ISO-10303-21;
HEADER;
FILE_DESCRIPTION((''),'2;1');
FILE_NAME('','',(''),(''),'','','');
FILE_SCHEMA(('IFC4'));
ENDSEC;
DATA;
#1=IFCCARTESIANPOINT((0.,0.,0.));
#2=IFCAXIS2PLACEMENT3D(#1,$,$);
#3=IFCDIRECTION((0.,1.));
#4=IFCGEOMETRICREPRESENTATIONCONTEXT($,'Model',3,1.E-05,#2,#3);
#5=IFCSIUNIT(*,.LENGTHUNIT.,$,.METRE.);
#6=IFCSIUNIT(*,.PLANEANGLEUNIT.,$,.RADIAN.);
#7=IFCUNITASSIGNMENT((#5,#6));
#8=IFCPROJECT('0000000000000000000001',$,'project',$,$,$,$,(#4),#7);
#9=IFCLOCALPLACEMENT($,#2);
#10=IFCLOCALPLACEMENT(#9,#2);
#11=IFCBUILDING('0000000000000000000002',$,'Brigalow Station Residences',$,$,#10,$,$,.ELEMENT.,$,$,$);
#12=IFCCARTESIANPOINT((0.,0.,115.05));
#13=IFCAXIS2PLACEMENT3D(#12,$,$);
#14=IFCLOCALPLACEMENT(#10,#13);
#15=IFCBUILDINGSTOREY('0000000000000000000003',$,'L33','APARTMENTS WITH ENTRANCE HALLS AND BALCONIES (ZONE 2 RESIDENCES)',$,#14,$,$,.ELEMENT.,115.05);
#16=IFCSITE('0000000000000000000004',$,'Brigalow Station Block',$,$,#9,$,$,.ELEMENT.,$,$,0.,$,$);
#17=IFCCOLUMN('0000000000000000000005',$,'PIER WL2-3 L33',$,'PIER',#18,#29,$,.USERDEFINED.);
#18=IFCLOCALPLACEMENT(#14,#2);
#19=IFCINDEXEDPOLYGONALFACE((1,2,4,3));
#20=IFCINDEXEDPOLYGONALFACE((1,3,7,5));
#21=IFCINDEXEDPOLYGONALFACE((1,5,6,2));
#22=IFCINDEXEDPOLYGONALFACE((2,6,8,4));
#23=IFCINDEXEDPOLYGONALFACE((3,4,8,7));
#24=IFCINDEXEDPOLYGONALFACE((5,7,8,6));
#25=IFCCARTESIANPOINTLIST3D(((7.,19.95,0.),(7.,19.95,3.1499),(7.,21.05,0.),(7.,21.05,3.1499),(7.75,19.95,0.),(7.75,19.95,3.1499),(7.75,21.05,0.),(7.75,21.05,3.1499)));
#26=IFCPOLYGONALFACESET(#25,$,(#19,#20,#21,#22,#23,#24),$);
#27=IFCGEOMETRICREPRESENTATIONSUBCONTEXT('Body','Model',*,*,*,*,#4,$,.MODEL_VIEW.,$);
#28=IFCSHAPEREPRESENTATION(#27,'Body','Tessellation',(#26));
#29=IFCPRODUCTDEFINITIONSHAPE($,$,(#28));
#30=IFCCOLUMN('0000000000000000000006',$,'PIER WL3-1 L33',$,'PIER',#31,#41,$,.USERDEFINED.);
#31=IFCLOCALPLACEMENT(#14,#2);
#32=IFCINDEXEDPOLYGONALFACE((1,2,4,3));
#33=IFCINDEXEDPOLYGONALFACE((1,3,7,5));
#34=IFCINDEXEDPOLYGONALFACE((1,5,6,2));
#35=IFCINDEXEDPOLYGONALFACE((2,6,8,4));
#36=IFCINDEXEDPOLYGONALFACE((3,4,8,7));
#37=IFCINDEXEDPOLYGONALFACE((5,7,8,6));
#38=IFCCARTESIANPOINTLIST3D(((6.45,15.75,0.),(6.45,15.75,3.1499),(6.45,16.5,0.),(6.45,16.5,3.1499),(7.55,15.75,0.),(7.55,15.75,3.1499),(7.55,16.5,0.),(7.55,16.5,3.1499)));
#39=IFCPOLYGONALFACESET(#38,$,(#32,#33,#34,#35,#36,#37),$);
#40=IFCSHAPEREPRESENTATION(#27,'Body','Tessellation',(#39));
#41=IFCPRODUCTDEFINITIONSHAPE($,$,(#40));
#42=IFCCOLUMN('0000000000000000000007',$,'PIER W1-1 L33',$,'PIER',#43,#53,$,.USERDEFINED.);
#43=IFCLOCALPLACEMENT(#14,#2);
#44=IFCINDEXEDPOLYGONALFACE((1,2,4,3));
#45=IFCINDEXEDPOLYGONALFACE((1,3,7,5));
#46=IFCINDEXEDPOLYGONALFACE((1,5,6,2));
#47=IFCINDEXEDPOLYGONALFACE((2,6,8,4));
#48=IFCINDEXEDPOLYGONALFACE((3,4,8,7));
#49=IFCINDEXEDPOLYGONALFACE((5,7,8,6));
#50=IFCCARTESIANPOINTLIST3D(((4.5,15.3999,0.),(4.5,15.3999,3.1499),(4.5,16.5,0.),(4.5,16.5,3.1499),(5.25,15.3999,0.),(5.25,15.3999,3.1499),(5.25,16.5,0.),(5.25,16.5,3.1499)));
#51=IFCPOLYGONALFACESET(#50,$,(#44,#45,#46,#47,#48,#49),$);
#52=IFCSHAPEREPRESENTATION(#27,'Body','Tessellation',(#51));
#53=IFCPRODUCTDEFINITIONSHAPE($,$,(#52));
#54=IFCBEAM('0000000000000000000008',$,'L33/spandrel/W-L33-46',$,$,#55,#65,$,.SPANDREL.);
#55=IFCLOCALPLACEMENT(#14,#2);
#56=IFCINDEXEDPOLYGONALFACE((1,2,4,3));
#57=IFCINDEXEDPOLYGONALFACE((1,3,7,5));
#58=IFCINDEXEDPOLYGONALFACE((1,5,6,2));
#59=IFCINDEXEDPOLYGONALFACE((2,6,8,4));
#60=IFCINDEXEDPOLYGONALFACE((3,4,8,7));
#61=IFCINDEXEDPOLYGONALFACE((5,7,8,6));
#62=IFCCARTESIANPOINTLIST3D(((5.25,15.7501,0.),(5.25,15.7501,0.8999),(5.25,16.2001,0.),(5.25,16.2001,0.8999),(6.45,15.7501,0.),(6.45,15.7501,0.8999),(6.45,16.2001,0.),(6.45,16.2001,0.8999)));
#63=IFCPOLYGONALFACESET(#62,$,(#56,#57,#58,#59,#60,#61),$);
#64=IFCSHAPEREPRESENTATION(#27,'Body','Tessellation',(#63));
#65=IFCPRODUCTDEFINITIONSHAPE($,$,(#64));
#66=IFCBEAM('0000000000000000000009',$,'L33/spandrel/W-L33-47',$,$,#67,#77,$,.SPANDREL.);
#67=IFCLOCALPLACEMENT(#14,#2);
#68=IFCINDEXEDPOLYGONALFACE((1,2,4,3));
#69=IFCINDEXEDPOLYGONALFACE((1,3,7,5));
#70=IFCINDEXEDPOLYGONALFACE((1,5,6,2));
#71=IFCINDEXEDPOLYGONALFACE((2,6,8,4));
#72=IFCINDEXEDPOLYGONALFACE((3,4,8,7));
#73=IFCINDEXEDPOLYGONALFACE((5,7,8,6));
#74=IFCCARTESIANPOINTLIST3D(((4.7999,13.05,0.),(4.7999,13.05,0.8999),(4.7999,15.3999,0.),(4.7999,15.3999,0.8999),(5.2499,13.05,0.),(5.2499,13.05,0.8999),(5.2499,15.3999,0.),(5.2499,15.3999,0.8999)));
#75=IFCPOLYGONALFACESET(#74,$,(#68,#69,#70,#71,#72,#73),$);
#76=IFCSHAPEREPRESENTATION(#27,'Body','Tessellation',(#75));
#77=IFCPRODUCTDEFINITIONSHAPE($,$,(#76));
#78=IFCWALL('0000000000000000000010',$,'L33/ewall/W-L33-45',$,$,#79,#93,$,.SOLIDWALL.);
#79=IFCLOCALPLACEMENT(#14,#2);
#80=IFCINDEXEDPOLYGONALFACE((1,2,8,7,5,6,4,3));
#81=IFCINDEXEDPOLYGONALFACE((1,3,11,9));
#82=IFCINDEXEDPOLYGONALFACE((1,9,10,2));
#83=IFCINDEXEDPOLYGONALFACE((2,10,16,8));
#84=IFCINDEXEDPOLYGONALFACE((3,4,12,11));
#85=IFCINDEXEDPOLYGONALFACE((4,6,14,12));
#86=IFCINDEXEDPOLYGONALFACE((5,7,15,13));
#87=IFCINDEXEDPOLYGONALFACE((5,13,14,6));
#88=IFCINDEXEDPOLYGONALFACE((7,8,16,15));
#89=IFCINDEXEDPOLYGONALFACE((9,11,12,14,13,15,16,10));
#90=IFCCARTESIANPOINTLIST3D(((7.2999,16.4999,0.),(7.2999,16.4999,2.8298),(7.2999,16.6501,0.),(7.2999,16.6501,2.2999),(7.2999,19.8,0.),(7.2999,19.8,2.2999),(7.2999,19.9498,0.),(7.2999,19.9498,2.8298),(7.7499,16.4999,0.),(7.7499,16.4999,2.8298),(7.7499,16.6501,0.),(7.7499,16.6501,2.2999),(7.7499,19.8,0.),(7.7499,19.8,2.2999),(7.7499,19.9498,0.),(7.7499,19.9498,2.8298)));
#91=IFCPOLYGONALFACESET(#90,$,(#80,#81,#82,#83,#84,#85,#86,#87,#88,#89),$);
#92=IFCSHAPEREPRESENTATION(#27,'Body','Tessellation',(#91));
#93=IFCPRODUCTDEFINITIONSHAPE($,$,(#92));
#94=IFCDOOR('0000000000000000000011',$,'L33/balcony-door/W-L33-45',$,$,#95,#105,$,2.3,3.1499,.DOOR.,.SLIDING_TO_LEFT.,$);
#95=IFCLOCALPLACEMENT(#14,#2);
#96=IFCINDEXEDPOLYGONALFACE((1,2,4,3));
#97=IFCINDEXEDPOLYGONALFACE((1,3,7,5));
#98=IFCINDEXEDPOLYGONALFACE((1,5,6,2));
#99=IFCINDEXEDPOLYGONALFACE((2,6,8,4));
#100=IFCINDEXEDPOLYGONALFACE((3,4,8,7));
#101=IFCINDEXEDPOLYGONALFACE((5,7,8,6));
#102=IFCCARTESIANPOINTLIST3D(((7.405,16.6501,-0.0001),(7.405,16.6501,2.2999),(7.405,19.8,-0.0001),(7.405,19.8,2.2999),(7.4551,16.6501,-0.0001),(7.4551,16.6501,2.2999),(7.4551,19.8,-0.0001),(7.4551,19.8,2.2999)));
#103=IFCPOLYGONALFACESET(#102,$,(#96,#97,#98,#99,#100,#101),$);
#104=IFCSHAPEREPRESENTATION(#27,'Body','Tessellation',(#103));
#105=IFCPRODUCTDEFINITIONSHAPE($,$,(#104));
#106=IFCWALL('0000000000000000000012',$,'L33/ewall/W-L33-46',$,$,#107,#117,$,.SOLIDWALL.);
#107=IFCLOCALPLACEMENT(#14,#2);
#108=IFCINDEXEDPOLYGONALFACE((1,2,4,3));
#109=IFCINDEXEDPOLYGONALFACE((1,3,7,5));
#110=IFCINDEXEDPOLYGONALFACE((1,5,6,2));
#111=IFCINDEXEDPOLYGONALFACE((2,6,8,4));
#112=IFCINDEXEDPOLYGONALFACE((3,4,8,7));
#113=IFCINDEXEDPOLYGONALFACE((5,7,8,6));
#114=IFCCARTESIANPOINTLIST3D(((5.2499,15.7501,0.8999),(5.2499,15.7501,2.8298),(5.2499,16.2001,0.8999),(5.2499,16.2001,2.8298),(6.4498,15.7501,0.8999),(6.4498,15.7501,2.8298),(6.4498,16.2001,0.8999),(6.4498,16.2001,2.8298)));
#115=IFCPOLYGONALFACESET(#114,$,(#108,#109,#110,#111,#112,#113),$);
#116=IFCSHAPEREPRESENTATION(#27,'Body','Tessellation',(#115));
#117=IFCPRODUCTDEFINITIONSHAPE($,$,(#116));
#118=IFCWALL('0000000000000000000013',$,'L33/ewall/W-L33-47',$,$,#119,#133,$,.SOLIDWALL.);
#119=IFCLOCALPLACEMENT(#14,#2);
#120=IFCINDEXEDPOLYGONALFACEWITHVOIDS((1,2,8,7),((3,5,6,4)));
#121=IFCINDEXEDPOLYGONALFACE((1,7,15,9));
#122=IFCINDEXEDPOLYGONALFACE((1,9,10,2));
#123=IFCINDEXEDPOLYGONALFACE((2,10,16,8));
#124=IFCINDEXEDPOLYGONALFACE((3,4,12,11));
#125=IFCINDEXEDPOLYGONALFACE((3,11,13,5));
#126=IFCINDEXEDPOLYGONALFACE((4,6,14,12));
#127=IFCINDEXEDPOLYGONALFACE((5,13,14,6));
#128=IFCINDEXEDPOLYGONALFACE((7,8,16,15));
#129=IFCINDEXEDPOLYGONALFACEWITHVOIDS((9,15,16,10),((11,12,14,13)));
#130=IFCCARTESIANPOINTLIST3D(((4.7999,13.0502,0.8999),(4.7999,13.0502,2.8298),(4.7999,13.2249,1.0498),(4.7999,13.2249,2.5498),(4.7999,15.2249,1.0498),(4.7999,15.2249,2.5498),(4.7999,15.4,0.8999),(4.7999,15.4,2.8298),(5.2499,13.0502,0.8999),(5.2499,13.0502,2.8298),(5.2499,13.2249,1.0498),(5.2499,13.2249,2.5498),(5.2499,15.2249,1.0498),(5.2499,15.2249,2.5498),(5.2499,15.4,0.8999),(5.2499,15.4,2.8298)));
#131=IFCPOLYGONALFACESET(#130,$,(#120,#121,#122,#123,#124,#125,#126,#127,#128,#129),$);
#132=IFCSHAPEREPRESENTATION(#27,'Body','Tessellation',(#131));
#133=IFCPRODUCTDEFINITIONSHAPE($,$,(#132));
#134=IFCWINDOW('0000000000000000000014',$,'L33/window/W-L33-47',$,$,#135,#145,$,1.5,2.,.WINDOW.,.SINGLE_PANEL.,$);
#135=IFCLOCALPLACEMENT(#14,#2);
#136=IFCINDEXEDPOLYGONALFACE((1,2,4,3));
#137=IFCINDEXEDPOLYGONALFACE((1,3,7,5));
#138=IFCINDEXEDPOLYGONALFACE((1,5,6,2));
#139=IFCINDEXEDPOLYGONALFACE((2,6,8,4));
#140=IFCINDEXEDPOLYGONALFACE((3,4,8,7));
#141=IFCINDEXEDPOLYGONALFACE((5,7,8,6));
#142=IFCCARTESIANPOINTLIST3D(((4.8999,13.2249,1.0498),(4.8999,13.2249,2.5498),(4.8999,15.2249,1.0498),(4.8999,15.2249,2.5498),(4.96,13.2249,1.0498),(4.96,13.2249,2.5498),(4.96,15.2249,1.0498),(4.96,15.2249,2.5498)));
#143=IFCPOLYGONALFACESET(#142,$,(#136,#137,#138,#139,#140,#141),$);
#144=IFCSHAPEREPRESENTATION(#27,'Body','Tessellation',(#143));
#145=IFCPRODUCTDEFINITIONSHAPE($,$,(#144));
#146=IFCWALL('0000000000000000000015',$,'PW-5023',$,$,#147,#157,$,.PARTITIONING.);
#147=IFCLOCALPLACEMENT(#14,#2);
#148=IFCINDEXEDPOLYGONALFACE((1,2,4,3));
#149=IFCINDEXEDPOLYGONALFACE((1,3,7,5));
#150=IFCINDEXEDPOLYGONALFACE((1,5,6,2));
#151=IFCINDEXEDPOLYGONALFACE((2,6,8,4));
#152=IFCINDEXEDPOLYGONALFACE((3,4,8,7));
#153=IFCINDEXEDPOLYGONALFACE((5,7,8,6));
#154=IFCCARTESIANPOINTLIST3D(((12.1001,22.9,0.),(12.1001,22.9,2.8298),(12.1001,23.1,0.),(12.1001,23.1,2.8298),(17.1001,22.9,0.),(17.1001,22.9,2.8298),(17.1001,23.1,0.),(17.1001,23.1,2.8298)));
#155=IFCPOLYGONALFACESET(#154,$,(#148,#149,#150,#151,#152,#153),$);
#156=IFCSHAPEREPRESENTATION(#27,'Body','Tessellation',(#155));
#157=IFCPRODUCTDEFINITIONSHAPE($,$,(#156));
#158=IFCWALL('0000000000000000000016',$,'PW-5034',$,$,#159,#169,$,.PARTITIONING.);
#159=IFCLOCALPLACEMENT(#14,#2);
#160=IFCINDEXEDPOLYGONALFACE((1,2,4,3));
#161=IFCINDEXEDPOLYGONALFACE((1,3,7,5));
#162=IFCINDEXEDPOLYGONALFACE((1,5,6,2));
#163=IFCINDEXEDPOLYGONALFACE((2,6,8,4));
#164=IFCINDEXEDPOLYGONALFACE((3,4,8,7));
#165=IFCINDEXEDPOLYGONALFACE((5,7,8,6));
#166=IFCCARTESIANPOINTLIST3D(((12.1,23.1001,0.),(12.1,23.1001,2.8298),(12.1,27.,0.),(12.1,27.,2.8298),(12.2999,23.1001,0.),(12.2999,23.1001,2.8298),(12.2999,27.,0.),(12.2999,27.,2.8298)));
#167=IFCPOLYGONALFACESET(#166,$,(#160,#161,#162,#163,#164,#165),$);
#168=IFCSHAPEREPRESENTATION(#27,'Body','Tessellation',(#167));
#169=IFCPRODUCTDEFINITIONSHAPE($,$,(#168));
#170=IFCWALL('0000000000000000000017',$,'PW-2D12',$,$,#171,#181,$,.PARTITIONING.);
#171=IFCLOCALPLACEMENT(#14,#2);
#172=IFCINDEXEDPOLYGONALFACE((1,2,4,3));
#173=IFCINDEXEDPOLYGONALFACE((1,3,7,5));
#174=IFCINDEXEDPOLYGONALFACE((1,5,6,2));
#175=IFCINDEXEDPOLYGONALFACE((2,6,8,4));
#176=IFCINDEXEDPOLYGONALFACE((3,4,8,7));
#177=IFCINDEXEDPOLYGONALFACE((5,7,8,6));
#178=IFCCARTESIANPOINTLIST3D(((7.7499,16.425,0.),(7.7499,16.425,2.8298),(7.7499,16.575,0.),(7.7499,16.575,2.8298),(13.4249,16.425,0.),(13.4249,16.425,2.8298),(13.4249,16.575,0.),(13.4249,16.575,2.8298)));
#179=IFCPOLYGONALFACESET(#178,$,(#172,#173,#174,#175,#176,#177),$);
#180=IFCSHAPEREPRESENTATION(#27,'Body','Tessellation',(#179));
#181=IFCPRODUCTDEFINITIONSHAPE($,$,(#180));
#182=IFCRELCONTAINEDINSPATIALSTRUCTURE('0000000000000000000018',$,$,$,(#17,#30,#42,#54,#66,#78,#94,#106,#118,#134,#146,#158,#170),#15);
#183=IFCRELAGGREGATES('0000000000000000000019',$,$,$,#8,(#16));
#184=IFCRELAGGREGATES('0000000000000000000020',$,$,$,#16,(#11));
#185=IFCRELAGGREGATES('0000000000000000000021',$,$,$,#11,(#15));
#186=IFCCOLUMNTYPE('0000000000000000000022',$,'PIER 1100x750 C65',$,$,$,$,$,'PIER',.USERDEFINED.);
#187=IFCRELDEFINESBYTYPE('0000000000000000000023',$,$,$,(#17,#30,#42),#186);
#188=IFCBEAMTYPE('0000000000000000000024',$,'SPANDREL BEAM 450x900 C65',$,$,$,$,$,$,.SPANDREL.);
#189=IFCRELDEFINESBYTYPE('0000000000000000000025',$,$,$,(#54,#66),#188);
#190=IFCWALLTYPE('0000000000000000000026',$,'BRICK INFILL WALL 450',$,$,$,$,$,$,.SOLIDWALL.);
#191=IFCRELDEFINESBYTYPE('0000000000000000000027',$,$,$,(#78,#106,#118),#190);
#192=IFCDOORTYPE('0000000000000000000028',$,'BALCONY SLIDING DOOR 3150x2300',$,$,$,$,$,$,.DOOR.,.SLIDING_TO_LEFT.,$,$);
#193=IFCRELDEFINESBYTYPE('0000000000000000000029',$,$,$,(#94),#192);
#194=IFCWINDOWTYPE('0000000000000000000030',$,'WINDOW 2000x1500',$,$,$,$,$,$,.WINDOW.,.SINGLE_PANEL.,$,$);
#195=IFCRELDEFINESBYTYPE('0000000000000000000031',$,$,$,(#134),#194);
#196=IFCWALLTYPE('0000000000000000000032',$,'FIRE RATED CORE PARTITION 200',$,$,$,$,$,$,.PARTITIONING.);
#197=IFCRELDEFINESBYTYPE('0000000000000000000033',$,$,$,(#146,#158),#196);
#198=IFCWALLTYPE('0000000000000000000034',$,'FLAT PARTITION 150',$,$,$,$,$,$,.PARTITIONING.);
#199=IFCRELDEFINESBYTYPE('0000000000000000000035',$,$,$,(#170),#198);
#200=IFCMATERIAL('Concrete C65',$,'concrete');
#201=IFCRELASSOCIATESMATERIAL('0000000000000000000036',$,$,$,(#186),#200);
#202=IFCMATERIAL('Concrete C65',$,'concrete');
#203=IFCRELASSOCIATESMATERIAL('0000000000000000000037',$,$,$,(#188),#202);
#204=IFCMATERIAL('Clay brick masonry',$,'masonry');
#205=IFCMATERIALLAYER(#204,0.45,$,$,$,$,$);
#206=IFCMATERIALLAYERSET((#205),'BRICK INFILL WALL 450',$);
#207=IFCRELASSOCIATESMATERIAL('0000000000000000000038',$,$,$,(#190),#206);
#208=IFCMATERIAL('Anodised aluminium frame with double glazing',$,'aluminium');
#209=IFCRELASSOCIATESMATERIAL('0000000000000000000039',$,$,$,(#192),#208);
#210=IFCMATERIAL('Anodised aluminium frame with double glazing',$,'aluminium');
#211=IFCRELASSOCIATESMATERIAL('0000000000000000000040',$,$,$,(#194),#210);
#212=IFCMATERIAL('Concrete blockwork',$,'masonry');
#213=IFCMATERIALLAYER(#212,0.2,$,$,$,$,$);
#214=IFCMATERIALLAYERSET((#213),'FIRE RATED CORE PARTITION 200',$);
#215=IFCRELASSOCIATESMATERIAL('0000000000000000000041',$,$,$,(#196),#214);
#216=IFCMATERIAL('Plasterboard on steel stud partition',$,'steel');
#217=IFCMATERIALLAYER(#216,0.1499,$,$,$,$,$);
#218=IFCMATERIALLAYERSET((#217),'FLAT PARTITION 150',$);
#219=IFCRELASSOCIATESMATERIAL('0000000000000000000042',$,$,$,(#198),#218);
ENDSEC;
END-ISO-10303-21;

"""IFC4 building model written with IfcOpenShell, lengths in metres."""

from ifc_helpers import new_model, si_unit, direction, frame, frame_2d, origin, origin_2d, place, context, subcontext, project, spatial, rectangle, extrude, material, layer, layer_set, material_profile, profile_set, type_object, element, fill, save


model = new_model("IFC4")

# Units and contexts
model_context = context("Model", 3, precision=1e-05, world=origin(), true_north=direction((0.0, 1.0)))
body_context = subcontext(model_context, "Body", "Model", "MODEL_VIEW")
ifc_project = project(units=[si_unit("LENGTHUNIT", "METRE"), si_unit("PLANEANGLEUNIT", "RADIAN")], contexts=[model_context])

# Site, building, storey
site_placement = place(None, origin())
site = spatial("IfcSite", under=ifc_project, at=site_placement, Name="Brigalow Station Block", CompositionType="ELEMENT", RefElevation=0.0)
building_placement = place(site_placement, origin())
building = spatial("IfcBuilding", under=site, at=building_placement, Name="Brigalow Station Residences", CompositionType="ELEMENT")
storey_placement = place(building_placement, frame((0.0, 0.0, 115.05)))
storey = spatial("IfcBuildingStorey", under=building, at=storey_placement, Name="L33", Description="APARTMENTS WITH ENTRANCE HALLS AND BALCONIES (ZONE 2 RESIDENCES)", CompositionType="ELEMENT", Elevation=115.05)

# Columns
ifc_material_1 = material(Name="Concrete C65", Category="concrete")
ifc_material_profile_1 = material_profile(ifc_material_1, rectangle(XDim=1.1001, YDim=0.75, at=origin_2d()), Name="RC1100x750")
ifc_profile_set_1 = profile_set([ifc_material_profile_1], Name="Concrete C65")
column_type = type_object("IfcColumnType", Name="PIER 1100x750 C65", ElementType="PIER", PredefinedType="USERDEFINED", material=ifc_profile_set_1)
for number, where, z_axis, x_axis, name in (
    (1, (7.375, 20.5, 0.0), (0.0, 0.0, 1.0), (0.0, -1.0, 0.0), "PIER WL2-3 L33"),
    (2, (7.0, 16.125, 0.0), (0.0, 0.0, 1.0), (-1.0, 0.0, 0.0), "PIER WL3-1 L33"),
    (3, (4.875, 15.95, 0.0), (0.0, 0.0, 1.0), (0.0, -1.0, 0.0), "PIER W1-1 L33"),
):
    element("IfcColumn", number, at=place(storey_placement, frame(where, z_axis=z_axis, x_axis=x_axis)), inside=storey, type_object=column_type, Name=name, ObjectType="PIER", PredefinedType="USERDEFINED", context=body_context, shape_type="SweptSolid", body=[
        extrude(rectangle(XDim=1.1001, YDim=0.75, at=origin_2d()), origin(), (0.0, 0.0, 1.0), 3.1499),
    ])

# Beams
ifc_material_2 = material(Name="Concrete C65", Category="concrete")
ifc_material_profile_2 = material_profile(ifc_material_2, rectangle(XDim=0.45, YDim=0.8999, at=origin_2d()), Name="RC450x900")
ifc_profile_set_2 = profile_set([ifc_material_profile_2], Name="Concrete C65")
beam_type = type_object("IfcBeamType", Name="SPANDREL BEAM 450x900 C65", PredefinedType="SPANDREL", material=ifc_profile_set_2)
beam_1_placement = place(storey_placement, frame((6.45, 15.9751, 0.45), z_axis=(-1.0, 0.0, 0.0), x_axis=(0.0, -1.0, 0.0)))
element("IfcBeam", 4, at=beam_1_placement, inside=storey, type_object=beam_type, Name="L33/spandrel/W-L33-46", PredefinedType="SPANDREL", context=body_context, shape_type="SweptSolid", body=[
    extrude(rectangle(XDim=0.45, YDim=0.8999, at=origin_2d()), origin(), (0.0, 0.0, 1.0), 1.2),
])
beam_2_placement = place(storey_placement, frame((5.0249, 15.3999, 0.45), z_axis=(0.0, -1.0, 0.0), x_axis=(1.0, 0.0, 0.0)))
element("IfcBeam", 5, at=beam_2_placement, inside=storey, type_object=beam_type, Name="L33/spandrel/W-L33-47", PredefinedType="SPANDREL", context=body_context, shape_type="SweptSolid", body=[
    extrude(rectangle(XDim=0.45, YDim=0.8999, at=origin_2d()), origin(), (0.0, 0.0, 1.0), 2.3499),
])

# Wall, opening, door
ifc_material_3 = material(Name="Clay brick masonry", Category="masonry")
ifc_layer_1 = layer(ifc_material_3, 0.45)
ifc_layer_set_1 = layer_set([ifc_layer_1], Name="BRICK INFILL WALL 450")
wall_type_1 = type_object("IfcWallType", Name="BRICK INFILL WALL 450", PredefinedType="SOLIDWALL", material=ifc_layer_set_1)
wall_1_placement = place(storey_placement, frame((7.5249, 19.95, 0.0), z_axis=(0.0, 0.0, 1.0), x_axis=(0.0, -1.0, 0.0)))
wall_1 = element("IfcWall", 6, at=wall_1_placement, inside=storey, type_object=wall_type_1, Name="L33/ewall/W-L33-45", PredefinedType="SOLIDWALL", context=body_context, shape_type="SweptSolid", body=[
    extrude(rectangle(XDim=3.45, YDim=0.45, at=frame_2d((1.7251, 0.0))), origin(), (0.0, 0.0, 1.0), 2.8298),
])
opening_1_placement = place(wall_1_placement, frame((0.1499, 0.0, 0.0)))
opening_1 = element("IfcOpeningElement", 7, at=opening_1_placement, cuts=wall_1, PredefinedType="OPENING", context=body_context, shape_type="SweptSolid", body=[
    extrude(rectangle(XDim=3.1499, YDim=2.3, at=frame_2d((1.575, 1.1499))), frame((0.0, 0.2349, 0.0), z_axis=(0.0, -1.0, 0.0), x_axis=(1.0, 0.0, 0.0)), (0.0, 0.0, 1.0), 0.47),
])
ifc_material_4 = material(Name="Anodised aluminium frame with double glazing", Category="aluminium")
door_type_1 = type_object("IfcDoorType", Name="BALCONY SLIDING DOOR 3150x2300", OperationType="SLIDING_TO_LEFT", PredefinedType="DOOR", material=ifc_material_4)
door_1_placement = place(opening_1_placement, origin())
door_1 = element("IfcDoor", 8, at=door_1_placement, inside=storey, type_object=door_type_1, Name="L33/balcony-door/W-L33-45", OperationType="SLIDING_TO_LEFT", OverallHeight=2.3, OverallWidth=3.1499, PredefinedType="DOOR", context=body_context, shape_type="SweptSolid", body=[
    extrude(rectangle(XDim=3.1499, YDim=2.3, at=frame_2d((1.575, 1.1499))), frame((0.0, -0.0698, 0.0), z_axis=(0.0, -1.0, 0.0), x_axis=(1.0, 0.0, 0.0)), (0.0, 0.0, 1.0), 0.05),
])
fill(opening_1, door_1)

# Wall
wall_2_placement = place(storey_placement, frame((6.45, 15.9751, 0.8999), z_axis=(0.0, 0.0, 1.0), x_axis=(-1.0, 0.0, 0.0)))
element("IfcWall", 9, at=wall_2_placement, inside=storey, type_object=wall_type_1, Name="L33/ewall/W-L33-46", PredefinedType="SOLIDWALL", context=body_context, shape_type="SweptSolid", body=[
    extrude(rectangle(XDim=1.2, YDim=0.45, at=frame_2d((0.6001, 0.0))), origin(), (0.0, 0.0, 1.0), 1.9299),
])

# Wall, opening, window
wall_3_placement = place(storey_placement, frame((5.0249, 15.3999, 0.8999), z_axis=(0.0, 0.0, 1.0), x_axis=(0.0, -1.0, 0.0)))
wall_3 = element("IfcWall", 10, at=wall_3_placement, inside=storey, type_object=wall_type_1, Name="L33/ewall/W-L33-47", PredefinedType="SOLIDWALL", context=body_context, shape_type="SweptSolid", body=[
    extrude(rectangle(XDim=2.3499, YDim=0.45, at=frame_2d((1.1748, 0.0))), origin(), (0.0, 0.0, 1.0), 1.9299),
])
opening_2_placement = place(wall_3_placement, frame((0.175, 0.0, 0.1499)))
opening_2 = element("IfcOpeningElement", 11, at=opening_2_placement, cuts=wall_3, PredefinedType="OPENING", context=body_context, shape_type="SweptSolid", body=[
    extrude(rectangle(XDim=2.0, YDim=1.5, at=frame_2d((1.0, 0.75))), frame((0.0, 0.2349, 0.0), z_axis=(0.0, -1.0, 0.0), x_axis=(1.0, 0.0, 0.0)), (0.0, 0.0, 1.0), 0.47),
])
ifc_material_5 = material(Name="Anodised aluminium frame with double glazing", Category="aluminium")
window_type = type_object("IfcWindowType", Name="WINDOW 2000x1500", PartitioningType="SINGLE_PANEL", PredefinedType="WINDOW", material=ifc_material_5)
window_placement = place(opening_2_placement, origin())
window = element("IfcWindow", 12, at=window_placement, inside=storey, type_object=window_type, Name="L33/window/W-L33-47", OverallHeight=1.5, OverallWidth=2.0, PartitioningType="SINGLE_PANEL", PredefinedType="WINDOW", context=body_context, shape_type="SweptSolid", body=[
    extrude(rectangle(XDim=2.0, YDim=1.5, at=frame_2d((1.0, 0.75))), frame((0.0, -0.0649, 0.0), z_axis=(0.0, -1.0, 0.0), x_axis=(1.0, 0.0, 0.0)), (0.0, 0.0, 1.0), 0.0601),
])
fill(opening_2, window)

# Walls
ifc_material_6 = material(Name="Concrete blockwork", Category="masonry")
ifc_layer_2 = layer(ifc_material_6, 0.2)
ifc_layer_set_2 = layer_set([ifc_layer_2], Name="FIRE RATED CORE PARTITION 200")
wall_type_2 = type_object("IfcWallType", Name="FIRE RATED CORE PARTITION 200", PredefinedType="PARTITIONING", material=ifc_layer_set_2)
wall_4_placement = place(storey_placement, frame((12.1001, 23.0, 0.0), z_axis=(0.0, 0.0, 1.0), x_axis=(1.0, 0.0, 0.0)))
element("IfcWall", 13, at=wall_4_placement, inside=storey, type_object=wall_type_2, Name="PW-5023", PredefinedType="PARTITIONING", context=body_context, shape_type="SweptSolid", body=[
    extrude(rectangle(XDim=5.0, YDim=0.2, at=frame_2d((2.5, 0.0))), origin(), (0.0, 0.0, 1.0), 2.8298),
])
wall_5_placement = place(storey_placement, frame((12.2, 23.1001, 0.0), z_axis=(0.0, 0.0, 1.0), x_axis=(0.0, 1.0, 0.0)))
element("IfcWall", 14, at=wall_5_placement, inside=storey, type_object=wall_type_2, Name="PW-5034", PredefinedType="PARTITIONING", context=body_context, shape_type="SweptSolid", body=[
    extrude(rectangle(XDim=3.8999, YDim=0.2, at=frame_2d((1.95, 0.0))), origin(), (0.0, 0.0, 1.0), 2.8298),
])
ifc_material_7 = material(Name="Plasterboard on steel stud partition", Category="steel")
ifc_layer_3 = layer(ifc_material_7, 0.1499)
ifc_layer_set_3 = layer_set([ifc_layer_3], Name="FLAT PARTITION 150")
wall_type_3 = type_object("IfcWallType", Name="FLAT PARTITION 150", PredefinedType="PARTITIONING", material=ifc_layer_set_3)
wall_6_placement = place(storey_placement, frame((7.75, 16.5, 0.0), z_axis=(0.0, 0.0, 1.0), x_axis=(1.0, 0.0, 0.0)))
element("IfcWall", 15, at=wall_6_placement, inside=storey, type_object=wall_type_3, Name="PW-2D12", PredefinedType="PARTITIONING", context=body_context, shape_type="SweptSolid", body=[
    extrude(rectangle(XDim=5.675, YDim=0.1499, at=frame_2d((2.8374, 0.0))), origin(), (0.0, 0.0, 1.0), 2.8298),
])

save(model, "model.ifc")
